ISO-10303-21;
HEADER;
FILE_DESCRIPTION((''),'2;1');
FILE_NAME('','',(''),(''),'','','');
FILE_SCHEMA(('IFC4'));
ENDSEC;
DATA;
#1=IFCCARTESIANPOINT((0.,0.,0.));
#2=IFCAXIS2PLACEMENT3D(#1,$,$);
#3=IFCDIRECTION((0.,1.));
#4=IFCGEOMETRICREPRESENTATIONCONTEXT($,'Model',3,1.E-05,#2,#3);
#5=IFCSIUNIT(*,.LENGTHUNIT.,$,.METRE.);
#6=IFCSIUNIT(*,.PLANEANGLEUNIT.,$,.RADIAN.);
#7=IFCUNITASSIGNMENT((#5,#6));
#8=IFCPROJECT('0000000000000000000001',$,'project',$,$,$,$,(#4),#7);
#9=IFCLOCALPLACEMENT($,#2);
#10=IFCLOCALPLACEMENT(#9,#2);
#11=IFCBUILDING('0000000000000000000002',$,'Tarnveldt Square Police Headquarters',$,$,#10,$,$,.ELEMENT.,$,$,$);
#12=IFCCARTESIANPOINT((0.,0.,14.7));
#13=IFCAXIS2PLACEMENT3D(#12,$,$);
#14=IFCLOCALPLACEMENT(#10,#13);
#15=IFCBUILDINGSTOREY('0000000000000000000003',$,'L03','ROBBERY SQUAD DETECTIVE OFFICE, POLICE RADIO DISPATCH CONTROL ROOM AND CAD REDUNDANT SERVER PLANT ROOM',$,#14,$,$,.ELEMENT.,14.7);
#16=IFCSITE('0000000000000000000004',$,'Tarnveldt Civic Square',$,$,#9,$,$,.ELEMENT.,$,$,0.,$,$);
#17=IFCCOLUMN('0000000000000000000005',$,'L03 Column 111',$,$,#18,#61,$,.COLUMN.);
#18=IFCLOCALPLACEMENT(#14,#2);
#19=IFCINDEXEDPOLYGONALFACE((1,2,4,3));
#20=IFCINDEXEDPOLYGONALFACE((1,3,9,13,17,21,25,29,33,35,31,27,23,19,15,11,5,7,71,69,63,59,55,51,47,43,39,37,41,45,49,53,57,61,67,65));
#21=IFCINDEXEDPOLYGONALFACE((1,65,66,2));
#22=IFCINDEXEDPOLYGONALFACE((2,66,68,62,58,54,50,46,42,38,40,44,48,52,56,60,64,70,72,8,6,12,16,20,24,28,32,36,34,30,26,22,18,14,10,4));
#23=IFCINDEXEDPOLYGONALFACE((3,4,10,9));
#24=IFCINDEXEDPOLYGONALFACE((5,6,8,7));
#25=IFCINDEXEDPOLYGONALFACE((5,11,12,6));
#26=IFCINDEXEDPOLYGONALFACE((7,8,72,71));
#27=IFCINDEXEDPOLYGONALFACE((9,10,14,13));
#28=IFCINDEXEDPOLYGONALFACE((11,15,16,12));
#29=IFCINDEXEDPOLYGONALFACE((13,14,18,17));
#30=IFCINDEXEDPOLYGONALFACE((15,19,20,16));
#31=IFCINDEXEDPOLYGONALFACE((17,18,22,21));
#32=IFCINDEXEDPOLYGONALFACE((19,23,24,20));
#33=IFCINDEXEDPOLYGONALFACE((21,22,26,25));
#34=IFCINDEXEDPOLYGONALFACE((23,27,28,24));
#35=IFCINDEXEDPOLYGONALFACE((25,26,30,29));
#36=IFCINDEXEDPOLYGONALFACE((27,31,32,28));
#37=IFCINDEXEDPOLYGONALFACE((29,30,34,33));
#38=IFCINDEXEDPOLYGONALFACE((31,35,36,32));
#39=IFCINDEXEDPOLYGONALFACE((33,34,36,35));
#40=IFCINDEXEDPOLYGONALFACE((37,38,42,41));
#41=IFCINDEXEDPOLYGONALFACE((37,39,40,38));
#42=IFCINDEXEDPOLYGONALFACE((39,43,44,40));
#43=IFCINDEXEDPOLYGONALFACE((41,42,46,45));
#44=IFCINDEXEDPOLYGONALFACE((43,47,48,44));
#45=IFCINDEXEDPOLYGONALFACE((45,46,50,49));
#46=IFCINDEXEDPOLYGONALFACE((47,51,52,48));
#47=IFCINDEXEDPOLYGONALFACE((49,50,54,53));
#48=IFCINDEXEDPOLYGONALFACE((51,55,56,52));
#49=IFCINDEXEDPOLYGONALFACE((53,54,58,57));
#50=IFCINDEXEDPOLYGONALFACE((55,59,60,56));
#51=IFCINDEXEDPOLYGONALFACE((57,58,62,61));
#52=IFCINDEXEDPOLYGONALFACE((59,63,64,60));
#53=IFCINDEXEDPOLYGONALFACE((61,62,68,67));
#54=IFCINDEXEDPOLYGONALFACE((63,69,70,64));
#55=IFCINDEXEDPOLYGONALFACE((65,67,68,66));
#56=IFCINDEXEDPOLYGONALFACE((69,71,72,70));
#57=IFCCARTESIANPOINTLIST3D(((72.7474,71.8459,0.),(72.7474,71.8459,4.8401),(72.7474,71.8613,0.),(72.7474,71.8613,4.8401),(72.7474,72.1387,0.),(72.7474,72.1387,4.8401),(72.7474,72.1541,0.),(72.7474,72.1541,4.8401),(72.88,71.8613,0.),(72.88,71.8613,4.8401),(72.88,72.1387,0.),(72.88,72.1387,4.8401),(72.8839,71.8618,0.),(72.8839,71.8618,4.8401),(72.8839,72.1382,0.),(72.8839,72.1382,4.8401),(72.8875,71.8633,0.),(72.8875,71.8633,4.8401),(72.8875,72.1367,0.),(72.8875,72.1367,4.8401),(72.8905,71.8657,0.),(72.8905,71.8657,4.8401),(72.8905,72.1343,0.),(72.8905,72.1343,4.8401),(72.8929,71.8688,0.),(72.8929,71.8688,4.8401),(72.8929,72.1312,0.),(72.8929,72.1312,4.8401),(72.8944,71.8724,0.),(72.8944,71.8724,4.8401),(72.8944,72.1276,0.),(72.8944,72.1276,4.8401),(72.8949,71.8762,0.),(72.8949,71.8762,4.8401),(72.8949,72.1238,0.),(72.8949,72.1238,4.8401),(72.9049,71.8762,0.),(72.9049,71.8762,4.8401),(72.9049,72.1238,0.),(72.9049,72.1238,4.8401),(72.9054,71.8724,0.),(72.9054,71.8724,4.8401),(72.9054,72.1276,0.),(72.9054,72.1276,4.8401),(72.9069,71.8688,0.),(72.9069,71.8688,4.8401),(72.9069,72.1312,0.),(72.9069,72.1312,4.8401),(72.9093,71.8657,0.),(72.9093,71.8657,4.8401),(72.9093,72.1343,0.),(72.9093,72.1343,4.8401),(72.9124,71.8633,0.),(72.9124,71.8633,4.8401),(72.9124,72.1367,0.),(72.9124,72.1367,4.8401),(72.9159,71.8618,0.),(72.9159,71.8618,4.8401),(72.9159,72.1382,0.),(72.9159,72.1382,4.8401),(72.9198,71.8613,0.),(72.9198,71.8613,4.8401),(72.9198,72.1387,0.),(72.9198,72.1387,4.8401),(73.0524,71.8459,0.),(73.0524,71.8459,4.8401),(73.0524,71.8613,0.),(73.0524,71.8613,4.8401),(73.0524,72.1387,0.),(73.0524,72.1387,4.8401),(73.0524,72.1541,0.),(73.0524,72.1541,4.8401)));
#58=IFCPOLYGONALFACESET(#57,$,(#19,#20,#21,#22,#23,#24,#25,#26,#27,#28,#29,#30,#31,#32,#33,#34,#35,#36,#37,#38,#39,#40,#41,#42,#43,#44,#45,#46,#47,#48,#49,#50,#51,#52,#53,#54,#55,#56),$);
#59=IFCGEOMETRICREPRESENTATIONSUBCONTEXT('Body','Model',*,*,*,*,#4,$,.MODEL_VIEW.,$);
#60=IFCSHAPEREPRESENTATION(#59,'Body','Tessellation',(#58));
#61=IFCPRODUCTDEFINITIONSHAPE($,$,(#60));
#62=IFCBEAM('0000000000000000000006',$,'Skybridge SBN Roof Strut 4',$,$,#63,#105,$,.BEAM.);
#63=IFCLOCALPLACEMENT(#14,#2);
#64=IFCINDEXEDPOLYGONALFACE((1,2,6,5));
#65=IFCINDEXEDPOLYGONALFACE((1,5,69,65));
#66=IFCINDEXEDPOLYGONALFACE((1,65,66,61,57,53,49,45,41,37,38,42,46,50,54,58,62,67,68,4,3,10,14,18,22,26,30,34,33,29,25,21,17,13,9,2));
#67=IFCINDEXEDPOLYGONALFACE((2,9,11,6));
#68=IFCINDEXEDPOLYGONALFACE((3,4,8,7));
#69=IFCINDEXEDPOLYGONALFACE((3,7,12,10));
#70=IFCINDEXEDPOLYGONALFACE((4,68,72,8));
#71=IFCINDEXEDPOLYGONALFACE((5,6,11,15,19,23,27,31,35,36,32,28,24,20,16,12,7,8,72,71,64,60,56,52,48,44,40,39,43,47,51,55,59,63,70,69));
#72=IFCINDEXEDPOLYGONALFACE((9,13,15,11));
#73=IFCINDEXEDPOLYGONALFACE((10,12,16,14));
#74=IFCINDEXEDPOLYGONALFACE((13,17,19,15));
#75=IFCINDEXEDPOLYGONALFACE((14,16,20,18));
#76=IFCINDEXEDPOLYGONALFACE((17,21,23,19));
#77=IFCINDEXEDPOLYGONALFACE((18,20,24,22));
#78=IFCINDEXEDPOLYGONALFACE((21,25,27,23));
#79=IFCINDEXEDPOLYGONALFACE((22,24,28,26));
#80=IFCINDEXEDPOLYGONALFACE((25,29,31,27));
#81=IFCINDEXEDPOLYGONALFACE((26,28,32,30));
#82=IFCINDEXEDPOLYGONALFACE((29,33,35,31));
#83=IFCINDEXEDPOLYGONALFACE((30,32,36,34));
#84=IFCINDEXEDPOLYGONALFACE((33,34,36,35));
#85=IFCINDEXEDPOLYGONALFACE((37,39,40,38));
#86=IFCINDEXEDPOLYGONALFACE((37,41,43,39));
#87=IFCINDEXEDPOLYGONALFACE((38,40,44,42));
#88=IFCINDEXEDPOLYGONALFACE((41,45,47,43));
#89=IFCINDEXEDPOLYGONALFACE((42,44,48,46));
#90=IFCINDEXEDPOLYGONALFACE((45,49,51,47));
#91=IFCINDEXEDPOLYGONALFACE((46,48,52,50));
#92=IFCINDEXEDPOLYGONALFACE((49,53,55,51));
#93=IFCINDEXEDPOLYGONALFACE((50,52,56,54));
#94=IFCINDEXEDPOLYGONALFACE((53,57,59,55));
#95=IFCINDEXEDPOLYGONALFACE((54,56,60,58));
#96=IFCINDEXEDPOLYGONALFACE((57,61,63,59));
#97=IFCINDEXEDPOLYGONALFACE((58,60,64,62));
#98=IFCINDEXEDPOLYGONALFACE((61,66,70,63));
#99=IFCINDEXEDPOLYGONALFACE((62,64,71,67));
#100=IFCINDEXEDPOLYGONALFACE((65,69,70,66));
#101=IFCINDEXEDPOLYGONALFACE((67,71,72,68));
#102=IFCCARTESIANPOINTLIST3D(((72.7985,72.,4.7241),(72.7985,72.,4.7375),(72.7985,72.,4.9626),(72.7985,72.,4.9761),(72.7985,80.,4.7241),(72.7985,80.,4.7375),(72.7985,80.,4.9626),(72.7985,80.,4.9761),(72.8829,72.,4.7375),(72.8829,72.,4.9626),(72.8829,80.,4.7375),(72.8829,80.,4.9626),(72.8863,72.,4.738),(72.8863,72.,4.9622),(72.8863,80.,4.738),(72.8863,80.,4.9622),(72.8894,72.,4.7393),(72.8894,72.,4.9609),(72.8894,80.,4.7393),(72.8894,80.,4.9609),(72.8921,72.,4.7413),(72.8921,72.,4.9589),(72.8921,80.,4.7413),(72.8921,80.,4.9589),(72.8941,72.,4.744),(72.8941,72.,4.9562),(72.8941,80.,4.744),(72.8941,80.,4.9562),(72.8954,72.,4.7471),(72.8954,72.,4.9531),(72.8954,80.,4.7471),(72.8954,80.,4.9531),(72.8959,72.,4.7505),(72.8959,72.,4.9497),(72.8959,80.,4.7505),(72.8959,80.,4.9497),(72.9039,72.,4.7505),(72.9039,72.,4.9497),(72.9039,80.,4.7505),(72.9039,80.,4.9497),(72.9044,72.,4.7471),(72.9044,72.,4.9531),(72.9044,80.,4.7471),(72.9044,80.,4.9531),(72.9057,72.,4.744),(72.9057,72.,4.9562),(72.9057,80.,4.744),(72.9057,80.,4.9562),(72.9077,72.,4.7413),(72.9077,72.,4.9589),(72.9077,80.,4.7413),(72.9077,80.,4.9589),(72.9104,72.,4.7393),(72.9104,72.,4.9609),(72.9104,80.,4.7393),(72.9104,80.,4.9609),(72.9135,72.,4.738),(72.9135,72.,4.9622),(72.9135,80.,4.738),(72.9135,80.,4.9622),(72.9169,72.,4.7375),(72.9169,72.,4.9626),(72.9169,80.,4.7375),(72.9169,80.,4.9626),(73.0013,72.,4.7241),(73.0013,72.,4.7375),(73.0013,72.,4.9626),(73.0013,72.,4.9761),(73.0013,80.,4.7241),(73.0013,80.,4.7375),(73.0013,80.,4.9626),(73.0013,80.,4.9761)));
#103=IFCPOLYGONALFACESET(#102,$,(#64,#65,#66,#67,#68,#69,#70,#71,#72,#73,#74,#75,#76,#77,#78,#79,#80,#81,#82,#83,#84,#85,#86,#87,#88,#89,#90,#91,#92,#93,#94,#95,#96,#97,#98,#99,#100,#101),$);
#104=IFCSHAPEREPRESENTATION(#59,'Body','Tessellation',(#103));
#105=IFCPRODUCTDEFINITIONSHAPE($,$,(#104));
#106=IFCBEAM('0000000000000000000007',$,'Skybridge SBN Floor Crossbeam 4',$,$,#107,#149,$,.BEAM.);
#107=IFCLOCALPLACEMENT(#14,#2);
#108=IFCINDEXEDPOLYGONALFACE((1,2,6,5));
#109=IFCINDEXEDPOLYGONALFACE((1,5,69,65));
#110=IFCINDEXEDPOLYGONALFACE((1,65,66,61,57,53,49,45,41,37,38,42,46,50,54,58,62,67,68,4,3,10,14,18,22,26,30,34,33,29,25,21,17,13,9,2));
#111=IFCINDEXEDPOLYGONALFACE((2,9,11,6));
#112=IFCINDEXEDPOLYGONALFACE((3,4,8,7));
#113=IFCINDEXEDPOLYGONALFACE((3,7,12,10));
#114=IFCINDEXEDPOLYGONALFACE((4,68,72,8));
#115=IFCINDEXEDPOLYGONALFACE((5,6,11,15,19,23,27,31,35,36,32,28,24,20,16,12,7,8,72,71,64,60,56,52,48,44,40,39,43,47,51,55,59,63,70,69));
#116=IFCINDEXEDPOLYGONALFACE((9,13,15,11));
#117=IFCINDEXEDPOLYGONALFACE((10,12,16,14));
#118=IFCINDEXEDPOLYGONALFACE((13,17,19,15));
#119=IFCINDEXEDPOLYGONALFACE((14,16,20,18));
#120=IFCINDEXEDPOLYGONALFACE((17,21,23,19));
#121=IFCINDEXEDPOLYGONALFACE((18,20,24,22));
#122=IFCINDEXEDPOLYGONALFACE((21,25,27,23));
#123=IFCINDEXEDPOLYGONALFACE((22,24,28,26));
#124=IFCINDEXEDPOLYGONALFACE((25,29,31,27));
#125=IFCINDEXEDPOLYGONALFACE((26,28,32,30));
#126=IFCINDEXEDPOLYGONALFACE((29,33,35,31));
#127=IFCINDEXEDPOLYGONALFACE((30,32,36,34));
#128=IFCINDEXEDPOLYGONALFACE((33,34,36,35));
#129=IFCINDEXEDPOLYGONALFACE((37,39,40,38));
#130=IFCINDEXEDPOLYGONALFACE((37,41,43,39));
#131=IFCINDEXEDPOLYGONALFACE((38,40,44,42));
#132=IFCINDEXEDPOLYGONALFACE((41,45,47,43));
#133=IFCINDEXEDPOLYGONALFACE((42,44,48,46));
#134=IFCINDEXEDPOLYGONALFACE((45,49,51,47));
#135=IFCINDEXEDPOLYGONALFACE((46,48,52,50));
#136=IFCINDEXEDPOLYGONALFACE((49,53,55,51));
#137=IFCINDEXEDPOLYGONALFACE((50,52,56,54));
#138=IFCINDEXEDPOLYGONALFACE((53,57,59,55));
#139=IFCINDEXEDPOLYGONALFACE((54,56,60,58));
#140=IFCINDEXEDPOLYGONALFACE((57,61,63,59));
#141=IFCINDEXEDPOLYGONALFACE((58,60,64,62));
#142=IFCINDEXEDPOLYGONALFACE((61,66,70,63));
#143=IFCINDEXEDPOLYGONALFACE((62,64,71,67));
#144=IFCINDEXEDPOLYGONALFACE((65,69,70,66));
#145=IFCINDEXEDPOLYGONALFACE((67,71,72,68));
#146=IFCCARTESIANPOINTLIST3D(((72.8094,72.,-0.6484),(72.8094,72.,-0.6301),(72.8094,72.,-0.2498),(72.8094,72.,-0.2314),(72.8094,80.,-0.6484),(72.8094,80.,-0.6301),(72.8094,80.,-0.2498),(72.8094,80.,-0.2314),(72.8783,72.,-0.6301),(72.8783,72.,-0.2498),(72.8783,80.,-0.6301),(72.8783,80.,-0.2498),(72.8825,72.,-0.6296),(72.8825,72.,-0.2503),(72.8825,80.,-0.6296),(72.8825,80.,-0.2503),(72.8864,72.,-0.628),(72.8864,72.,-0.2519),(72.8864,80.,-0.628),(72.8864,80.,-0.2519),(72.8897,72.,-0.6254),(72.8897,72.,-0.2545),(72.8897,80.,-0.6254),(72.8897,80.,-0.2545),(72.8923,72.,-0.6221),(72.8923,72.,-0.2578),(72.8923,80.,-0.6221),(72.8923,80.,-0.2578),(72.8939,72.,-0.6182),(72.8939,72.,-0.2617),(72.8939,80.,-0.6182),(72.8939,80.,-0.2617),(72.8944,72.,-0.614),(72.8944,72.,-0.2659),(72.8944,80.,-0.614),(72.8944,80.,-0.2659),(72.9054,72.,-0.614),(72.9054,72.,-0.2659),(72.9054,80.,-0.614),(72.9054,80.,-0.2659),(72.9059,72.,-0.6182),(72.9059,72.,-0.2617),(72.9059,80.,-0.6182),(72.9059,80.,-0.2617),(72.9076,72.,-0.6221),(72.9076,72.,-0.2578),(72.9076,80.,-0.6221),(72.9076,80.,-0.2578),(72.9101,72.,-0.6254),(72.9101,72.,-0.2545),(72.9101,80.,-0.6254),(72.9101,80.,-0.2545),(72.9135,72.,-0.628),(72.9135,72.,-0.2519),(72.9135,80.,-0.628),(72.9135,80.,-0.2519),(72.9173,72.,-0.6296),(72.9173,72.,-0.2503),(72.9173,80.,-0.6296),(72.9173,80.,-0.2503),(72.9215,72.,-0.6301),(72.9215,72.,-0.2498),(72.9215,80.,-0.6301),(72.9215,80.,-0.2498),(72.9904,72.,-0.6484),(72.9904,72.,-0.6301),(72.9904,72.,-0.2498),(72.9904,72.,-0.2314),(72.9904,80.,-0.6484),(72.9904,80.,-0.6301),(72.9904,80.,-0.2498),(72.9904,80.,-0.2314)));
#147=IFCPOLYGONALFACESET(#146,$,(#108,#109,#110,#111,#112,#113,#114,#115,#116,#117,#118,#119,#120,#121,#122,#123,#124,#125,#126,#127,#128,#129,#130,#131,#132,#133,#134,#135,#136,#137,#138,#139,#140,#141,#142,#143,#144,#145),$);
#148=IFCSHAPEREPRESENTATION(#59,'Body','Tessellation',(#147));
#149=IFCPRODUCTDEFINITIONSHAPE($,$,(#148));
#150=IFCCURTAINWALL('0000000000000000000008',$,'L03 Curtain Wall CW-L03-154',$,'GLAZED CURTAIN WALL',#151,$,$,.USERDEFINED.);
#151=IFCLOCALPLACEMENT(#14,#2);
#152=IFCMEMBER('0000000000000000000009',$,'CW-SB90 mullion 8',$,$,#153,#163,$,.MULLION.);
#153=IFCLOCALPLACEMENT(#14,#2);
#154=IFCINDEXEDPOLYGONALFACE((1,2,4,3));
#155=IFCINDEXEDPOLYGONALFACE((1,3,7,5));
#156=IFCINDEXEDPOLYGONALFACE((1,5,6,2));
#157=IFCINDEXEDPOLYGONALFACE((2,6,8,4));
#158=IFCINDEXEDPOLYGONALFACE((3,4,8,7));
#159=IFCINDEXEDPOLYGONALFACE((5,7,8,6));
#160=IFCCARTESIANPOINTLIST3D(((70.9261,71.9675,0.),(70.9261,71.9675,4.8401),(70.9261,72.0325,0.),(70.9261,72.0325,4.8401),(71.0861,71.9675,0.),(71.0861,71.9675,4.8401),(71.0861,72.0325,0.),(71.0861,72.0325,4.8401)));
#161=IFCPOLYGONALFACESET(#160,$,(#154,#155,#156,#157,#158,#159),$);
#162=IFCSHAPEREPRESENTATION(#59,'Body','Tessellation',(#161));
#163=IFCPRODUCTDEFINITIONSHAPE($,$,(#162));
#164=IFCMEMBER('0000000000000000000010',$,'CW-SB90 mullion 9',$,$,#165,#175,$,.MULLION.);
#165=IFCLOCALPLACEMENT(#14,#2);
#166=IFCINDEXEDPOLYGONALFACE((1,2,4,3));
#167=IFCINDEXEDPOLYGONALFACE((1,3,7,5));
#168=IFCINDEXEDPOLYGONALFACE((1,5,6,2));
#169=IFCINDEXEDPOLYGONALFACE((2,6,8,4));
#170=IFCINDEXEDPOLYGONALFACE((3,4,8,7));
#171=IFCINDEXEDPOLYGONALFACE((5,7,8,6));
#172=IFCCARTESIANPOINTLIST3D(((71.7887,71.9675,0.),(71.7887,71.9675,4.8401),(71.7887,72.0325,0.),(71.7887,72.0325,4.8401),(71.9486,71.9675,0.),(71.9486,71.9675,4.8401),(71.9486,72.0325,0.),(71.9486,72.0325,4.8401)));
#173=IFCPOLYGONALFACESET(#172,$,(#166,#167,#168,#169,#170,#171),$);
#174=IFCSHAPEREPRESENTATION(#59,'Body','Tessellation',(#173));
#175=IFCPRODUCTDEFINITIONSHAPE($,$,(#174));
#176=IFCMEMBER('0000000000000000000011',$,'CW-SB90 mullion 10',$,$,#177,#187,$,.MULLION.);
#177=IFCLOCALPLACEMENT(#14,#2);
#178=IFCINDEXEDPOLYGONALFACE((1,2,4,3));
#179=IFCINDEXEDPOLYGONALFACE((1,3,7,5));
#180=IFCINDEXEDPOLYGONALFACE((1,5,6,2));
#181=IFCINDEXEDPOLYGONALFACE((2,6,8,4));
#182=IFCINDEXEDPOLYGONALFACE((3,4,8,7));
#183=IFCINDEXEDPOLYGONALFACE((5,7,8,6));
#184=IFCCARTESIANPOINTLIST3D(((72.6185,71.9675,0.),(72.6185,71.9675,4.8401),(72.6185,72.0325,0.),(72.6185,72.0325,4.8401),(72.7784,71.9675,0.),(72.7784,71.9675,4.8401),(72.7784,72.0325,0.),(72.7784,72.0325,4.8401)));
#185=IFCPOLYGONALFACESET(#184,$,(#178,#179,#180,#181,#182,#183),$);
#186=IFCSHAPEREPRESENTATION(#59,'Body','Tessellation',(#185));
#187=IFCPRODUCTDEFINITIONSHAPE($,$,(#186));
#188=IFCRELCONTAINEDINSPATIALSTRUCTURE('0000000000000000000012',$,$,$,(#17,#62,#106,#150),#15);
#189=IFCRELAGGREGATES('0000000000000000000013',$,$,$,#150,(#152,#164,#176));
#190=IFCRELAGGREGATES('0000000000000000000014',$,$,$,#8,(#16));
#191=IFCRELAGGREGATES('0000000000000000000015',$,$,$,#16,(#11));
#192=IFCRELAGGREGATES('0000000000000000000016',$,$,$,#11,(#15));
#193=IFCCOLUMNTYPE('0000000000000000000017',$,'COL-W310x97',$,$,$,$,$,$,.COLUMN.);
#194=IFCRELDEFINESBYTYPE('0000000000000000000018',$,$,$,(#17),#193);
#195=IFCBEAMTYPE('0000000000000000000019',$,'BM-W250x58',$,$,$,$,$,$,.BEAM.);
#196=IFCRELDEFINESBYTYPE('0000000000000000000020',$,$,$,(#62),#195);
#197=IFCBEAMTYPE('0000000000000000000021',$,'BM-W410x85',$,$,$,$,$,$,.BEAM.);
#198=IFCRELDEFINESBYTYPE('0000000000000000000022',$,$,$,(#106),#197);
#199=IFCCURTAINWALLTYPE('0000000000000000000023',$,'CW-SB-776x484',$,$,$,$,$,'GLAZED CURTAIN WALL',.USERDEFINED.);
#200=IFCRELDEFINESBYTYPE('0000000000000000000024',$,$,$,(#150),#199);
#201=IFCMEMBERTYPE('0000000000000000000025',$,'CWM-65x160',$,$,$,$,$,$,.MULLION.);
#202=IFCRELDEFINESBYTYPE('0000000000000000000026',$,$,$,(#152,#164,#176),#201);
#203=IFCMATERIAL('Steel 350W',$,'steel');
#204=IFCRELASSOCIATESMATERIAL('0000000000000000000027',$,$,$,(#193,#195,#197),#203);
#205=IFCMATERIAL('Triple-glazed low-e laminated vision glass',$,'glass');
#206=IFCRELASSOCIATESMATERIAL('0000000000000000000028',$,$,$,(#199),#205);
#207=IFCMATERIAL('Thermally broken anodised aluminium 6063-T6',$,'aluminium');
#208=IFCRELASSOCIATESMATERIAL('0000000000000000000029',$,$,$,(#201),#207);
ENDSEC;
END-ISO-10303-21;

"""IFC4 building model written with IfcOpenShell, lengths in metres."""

from ifc_helpers import new_model, si_unit, direction, frame, origin, origin_2d, place, context, subcontext, project, spatial, rectangle, i_section, extrude, material, material_profile, profile_set, type_object, element, aggregate, save


model = new_model("IFC4")

# Units and contexts
model_context = context("Model", 3, precision=1e-05, world=origin(), true_north=direction((0.0, 1.0)))
body_context = subcontext(model_context, "Body", "Model", "MODEL_VIEW")
ifc_project = project(units=[si_unit("LENGTHUNIT", "METRE"), si_unit("PLANEANGLEUNIT", "RADIAN")], contexts=[model_context])

# Site, building, storey
site_placement = place(None, origin())
site = spatial("IfcSite", under=ifc_project, at=site_placement, Name="Tarnveldt Civic Square", CompositionType="ELEMENT", RefElevation=0.0)
building_placement = place(site_placement, origin())
building = spatial("IfcBuilding", under=site, at=building_placement, Name="Tarnveldt Square Police Headquarters", CompositionType="ELEMENT")
storey_placement = place(building_placement, frame((0.0, 0.0, 14.7)))
storey = spatial("IfcBuildingStorey", under=building, at=storey_placement, Name="L03", Description="ROBBERY SQUAD DETECTIVE OFFICE, POLICE RADIO DISPATCH CONTROL ROOM AND CAD REDUNDANT SERVER PLANT ROOM", CompositionType="ELEMENT", Elevation=14.7)

# Column
ifc_material_1 = material(Name="Steel 350W", Category="steel")
ifc_material_profile_1 = material_profile(ifc_material_1, i_section(OverallWidth=0.3049, OverallDepth=0.3081, WebThickness=0.01, FlangeThickness=0.0154, FilletRadius=0.0149, at=origin_2d()), Name="W310x97")
ifc_profile_set_1 = profile_set([ifc_material_profile_1], Name="Steel 350W")
column_type = type_object("IfcColumnType", Name="COL-W310x97", PredefinedType="COLUMN", material=ifc_profile_set_1)
column_placement = place(storey_placement, frame((72.8999, 72.0, 0.0), z_axis=(0.0, 0.0, 1.0), x_axis=(1.0, 0.0, 0.0)))
element("IfcColumn", 1, at=column_placement, inside=storey, type_object=column_type, Name="L03 Column 111", PredefinedType="COLUMN", context=body_context, shape_type="SweptSolid", body=[
    extrude(i_section(OverallWidth=0.3049, OverallDepth=0.3081, WebThickness=0.01, FlangeThickness=0.0154, FilletRadius=0.0149, at=origin_2d()), origin(), (0.0, 0.0, 1.0), 4.8401),
])

# Beams
ifc_material_profile_2 = material_profile(ifc_material_1, i_section(OverallWidth=0.2029, OverallDepth=0.252, WebThickness=0.0081, FlangeThickness=0.0134, FilletRadius=0.0129, at=origin_2d()), Name="W250x58")
ifc_profile_set_2 = profile_set([ifc_material_profile_2], Name="Steel 350W")
beam_type_1 = type_object("IfcBeamType", Name="BM-W250x58", PredefinedType="BEAM", material=ifc_profile_set_2)
beam_1_placement = place(storey_placement, frame((72.8999, 72.0, 4.8501), z_axis=(0.0, 1.0, 0.0), x_axis=(-1.0, 0.0, 0.0)))
element("IfcBeam", 2, at=beam_1_placement, inside=storey, type_object=beam_type_1, Name="Skybridge SBN Roof Strut 4", PredefinedType="BEAM", context=body_context, shape_type="SweptSolid", body=[
    extrude(i_section(OverallWidth=0.2029, OverallDepth=0.252, WebThickness=0.0081, FlangeThickness=0.0134, FilletRadius=0.0129, at=origin_2d()), origin(), (0.0, 0.0, 1.0), 8.0),
])
ifc_material_profile_3 = material_profile(ifc_material_1, i_section(OverallWidth=0.1809, OverallDepth=0.417, WebThickness=0.011, FlangeThickness=0.0183, FilletRadius=0.0161, at=origin_2d()), Name="W410x85")
ifc_profile_set_3 = profile_set([ifc_material_profile_3], Name="Steel 350W")
beam_type_2 = type_object("IfcBeamType", Name="BM-W410x85", PredefinedType="BEAM", material=ifc_profile_set_3)
beam_2_placement = place(storey_placement, frame((72.8999, 72.0, -0.4399), z_axis=(0.0, 1.0, 0.0), x_axis=(-1.0, 0.0, 0.0)))
element("IfcBeam", 3, at=beam_2_placement, inside=storey, type_object=beam_type_2, Name="Skybridge SBN Floor Crossbeam 4", PredefinedType="BEAM", context=body_context, shape_type="SweptSolid", body=[
    extrude(i_section(OverallWidth=0.1809, OverallDepth=0.417, WebThickness=0.011, FlangeThickness=0.0183, FilletRadius=0.0161, at=origin_2d()), origin(), (0.0, 0.0, 1.0), 8.0),
])

# Curtain wall, members
ifc_material_2 = material(Name="Triple-glazed low-e laminated vision glass", Category="glass")
curtain_wall_type = type_object("IfcCurtainWallType", Name="CW-SB-776x484", ElementType="GLAZED CURTAIN WALL", PredefinedType="USERDEFINED", material=ifc_material_2)
curtain_wall_1_placement = place(storey_placement, origin())
curtain_wall_1 = element("IfcCurtainWall", 4, at=curtain_wall_1_placement, inside=storey, type_object=curtain_wall_type, Name="L03 Curtain Wall CW-L03-154", ObjectType="GLAZED CURTAIN WALL", PredefinedType="USERDEFINED")
ifc_material_3 = material(Name="Thermally broken anodised aluminium 6063-T6", Category="aluminium")
ifc_material_profile_4 = material_profile(ifc_material_3, rectangle(XDim=0.0649, YDim=0.1599, at=origin_2d()), Name="CW-M65x160")
ifc_profile_set_4 = profile_set([ifc_material_profile_4], Name="Thermally broken anodised aluminium 6063-T6")
member_type_1 = type_object("IfcMemberType", Name="CWM-65x160", PredefinedType="MULLION", material=ifc_profile_set_4)
member_1_placement = place(storey_placement, frame((71.0061, 72.0, 0.0), z_axis=(0.0, 0.0, 1.0), x_axis=(0.0, 1.0, 0.0)))
member_1 = element("IfcMember", 5, at=member_1_placement, type_object=member_type_1, Name="CW-SB90 mullion 8", PredefinedType="MULLION", context=body_context, shape_type="SweptSolid", body=[
    extrude(rectangle(XDim=0.0649, YDim=0.1599, at=origin_2d()), origin(), (0.0, 0.0, 1.0), 4.8401),
])
member_2_placement = place(storey_placement, frame((71.8687, 72.0, 0.0), z_axis=(0.0, 0.0, 1.0), x_axis=(0.0, 1.0, 0.0)))
member_2 = element("IfcMember", 6, at=member_2_placement, type_object=member_type_1, Name="CW-SB90 mullion 9", PredefinedType="MULLION", context=body_context, shape_type="SweptSolid", body=[
    extrude(rectangle(XDim=0.0649, YDim=0.1599, at=origin_2d()), origin(), (0.0, 0.0, 1.0), 4.8401),
])
member_3_placement = place(storey_placement, frame((72.6985, 72.0, 0.0), z_axis=(0.0, 0.0, 1.0), x_axis=(0.0, 1.0, 0.0)))
member_3 = element("IfcMember", 7, at=member_3_placement, type_object=member_type_1, Name="CW-SB90 mullion 10", PredefinedType="MULLION", context=body_context, shape_type="SweptSolid", body=[
    extrude(rectangle(XDim=0.0649, YDim=0.1599, at=origin_2d()), origin(), (0.0, 0.0, 1.0), 4.8401),
])

aggregate(curtain_wall_1, [member_1, member_2, member_3])

save(model, "model.ifc")
